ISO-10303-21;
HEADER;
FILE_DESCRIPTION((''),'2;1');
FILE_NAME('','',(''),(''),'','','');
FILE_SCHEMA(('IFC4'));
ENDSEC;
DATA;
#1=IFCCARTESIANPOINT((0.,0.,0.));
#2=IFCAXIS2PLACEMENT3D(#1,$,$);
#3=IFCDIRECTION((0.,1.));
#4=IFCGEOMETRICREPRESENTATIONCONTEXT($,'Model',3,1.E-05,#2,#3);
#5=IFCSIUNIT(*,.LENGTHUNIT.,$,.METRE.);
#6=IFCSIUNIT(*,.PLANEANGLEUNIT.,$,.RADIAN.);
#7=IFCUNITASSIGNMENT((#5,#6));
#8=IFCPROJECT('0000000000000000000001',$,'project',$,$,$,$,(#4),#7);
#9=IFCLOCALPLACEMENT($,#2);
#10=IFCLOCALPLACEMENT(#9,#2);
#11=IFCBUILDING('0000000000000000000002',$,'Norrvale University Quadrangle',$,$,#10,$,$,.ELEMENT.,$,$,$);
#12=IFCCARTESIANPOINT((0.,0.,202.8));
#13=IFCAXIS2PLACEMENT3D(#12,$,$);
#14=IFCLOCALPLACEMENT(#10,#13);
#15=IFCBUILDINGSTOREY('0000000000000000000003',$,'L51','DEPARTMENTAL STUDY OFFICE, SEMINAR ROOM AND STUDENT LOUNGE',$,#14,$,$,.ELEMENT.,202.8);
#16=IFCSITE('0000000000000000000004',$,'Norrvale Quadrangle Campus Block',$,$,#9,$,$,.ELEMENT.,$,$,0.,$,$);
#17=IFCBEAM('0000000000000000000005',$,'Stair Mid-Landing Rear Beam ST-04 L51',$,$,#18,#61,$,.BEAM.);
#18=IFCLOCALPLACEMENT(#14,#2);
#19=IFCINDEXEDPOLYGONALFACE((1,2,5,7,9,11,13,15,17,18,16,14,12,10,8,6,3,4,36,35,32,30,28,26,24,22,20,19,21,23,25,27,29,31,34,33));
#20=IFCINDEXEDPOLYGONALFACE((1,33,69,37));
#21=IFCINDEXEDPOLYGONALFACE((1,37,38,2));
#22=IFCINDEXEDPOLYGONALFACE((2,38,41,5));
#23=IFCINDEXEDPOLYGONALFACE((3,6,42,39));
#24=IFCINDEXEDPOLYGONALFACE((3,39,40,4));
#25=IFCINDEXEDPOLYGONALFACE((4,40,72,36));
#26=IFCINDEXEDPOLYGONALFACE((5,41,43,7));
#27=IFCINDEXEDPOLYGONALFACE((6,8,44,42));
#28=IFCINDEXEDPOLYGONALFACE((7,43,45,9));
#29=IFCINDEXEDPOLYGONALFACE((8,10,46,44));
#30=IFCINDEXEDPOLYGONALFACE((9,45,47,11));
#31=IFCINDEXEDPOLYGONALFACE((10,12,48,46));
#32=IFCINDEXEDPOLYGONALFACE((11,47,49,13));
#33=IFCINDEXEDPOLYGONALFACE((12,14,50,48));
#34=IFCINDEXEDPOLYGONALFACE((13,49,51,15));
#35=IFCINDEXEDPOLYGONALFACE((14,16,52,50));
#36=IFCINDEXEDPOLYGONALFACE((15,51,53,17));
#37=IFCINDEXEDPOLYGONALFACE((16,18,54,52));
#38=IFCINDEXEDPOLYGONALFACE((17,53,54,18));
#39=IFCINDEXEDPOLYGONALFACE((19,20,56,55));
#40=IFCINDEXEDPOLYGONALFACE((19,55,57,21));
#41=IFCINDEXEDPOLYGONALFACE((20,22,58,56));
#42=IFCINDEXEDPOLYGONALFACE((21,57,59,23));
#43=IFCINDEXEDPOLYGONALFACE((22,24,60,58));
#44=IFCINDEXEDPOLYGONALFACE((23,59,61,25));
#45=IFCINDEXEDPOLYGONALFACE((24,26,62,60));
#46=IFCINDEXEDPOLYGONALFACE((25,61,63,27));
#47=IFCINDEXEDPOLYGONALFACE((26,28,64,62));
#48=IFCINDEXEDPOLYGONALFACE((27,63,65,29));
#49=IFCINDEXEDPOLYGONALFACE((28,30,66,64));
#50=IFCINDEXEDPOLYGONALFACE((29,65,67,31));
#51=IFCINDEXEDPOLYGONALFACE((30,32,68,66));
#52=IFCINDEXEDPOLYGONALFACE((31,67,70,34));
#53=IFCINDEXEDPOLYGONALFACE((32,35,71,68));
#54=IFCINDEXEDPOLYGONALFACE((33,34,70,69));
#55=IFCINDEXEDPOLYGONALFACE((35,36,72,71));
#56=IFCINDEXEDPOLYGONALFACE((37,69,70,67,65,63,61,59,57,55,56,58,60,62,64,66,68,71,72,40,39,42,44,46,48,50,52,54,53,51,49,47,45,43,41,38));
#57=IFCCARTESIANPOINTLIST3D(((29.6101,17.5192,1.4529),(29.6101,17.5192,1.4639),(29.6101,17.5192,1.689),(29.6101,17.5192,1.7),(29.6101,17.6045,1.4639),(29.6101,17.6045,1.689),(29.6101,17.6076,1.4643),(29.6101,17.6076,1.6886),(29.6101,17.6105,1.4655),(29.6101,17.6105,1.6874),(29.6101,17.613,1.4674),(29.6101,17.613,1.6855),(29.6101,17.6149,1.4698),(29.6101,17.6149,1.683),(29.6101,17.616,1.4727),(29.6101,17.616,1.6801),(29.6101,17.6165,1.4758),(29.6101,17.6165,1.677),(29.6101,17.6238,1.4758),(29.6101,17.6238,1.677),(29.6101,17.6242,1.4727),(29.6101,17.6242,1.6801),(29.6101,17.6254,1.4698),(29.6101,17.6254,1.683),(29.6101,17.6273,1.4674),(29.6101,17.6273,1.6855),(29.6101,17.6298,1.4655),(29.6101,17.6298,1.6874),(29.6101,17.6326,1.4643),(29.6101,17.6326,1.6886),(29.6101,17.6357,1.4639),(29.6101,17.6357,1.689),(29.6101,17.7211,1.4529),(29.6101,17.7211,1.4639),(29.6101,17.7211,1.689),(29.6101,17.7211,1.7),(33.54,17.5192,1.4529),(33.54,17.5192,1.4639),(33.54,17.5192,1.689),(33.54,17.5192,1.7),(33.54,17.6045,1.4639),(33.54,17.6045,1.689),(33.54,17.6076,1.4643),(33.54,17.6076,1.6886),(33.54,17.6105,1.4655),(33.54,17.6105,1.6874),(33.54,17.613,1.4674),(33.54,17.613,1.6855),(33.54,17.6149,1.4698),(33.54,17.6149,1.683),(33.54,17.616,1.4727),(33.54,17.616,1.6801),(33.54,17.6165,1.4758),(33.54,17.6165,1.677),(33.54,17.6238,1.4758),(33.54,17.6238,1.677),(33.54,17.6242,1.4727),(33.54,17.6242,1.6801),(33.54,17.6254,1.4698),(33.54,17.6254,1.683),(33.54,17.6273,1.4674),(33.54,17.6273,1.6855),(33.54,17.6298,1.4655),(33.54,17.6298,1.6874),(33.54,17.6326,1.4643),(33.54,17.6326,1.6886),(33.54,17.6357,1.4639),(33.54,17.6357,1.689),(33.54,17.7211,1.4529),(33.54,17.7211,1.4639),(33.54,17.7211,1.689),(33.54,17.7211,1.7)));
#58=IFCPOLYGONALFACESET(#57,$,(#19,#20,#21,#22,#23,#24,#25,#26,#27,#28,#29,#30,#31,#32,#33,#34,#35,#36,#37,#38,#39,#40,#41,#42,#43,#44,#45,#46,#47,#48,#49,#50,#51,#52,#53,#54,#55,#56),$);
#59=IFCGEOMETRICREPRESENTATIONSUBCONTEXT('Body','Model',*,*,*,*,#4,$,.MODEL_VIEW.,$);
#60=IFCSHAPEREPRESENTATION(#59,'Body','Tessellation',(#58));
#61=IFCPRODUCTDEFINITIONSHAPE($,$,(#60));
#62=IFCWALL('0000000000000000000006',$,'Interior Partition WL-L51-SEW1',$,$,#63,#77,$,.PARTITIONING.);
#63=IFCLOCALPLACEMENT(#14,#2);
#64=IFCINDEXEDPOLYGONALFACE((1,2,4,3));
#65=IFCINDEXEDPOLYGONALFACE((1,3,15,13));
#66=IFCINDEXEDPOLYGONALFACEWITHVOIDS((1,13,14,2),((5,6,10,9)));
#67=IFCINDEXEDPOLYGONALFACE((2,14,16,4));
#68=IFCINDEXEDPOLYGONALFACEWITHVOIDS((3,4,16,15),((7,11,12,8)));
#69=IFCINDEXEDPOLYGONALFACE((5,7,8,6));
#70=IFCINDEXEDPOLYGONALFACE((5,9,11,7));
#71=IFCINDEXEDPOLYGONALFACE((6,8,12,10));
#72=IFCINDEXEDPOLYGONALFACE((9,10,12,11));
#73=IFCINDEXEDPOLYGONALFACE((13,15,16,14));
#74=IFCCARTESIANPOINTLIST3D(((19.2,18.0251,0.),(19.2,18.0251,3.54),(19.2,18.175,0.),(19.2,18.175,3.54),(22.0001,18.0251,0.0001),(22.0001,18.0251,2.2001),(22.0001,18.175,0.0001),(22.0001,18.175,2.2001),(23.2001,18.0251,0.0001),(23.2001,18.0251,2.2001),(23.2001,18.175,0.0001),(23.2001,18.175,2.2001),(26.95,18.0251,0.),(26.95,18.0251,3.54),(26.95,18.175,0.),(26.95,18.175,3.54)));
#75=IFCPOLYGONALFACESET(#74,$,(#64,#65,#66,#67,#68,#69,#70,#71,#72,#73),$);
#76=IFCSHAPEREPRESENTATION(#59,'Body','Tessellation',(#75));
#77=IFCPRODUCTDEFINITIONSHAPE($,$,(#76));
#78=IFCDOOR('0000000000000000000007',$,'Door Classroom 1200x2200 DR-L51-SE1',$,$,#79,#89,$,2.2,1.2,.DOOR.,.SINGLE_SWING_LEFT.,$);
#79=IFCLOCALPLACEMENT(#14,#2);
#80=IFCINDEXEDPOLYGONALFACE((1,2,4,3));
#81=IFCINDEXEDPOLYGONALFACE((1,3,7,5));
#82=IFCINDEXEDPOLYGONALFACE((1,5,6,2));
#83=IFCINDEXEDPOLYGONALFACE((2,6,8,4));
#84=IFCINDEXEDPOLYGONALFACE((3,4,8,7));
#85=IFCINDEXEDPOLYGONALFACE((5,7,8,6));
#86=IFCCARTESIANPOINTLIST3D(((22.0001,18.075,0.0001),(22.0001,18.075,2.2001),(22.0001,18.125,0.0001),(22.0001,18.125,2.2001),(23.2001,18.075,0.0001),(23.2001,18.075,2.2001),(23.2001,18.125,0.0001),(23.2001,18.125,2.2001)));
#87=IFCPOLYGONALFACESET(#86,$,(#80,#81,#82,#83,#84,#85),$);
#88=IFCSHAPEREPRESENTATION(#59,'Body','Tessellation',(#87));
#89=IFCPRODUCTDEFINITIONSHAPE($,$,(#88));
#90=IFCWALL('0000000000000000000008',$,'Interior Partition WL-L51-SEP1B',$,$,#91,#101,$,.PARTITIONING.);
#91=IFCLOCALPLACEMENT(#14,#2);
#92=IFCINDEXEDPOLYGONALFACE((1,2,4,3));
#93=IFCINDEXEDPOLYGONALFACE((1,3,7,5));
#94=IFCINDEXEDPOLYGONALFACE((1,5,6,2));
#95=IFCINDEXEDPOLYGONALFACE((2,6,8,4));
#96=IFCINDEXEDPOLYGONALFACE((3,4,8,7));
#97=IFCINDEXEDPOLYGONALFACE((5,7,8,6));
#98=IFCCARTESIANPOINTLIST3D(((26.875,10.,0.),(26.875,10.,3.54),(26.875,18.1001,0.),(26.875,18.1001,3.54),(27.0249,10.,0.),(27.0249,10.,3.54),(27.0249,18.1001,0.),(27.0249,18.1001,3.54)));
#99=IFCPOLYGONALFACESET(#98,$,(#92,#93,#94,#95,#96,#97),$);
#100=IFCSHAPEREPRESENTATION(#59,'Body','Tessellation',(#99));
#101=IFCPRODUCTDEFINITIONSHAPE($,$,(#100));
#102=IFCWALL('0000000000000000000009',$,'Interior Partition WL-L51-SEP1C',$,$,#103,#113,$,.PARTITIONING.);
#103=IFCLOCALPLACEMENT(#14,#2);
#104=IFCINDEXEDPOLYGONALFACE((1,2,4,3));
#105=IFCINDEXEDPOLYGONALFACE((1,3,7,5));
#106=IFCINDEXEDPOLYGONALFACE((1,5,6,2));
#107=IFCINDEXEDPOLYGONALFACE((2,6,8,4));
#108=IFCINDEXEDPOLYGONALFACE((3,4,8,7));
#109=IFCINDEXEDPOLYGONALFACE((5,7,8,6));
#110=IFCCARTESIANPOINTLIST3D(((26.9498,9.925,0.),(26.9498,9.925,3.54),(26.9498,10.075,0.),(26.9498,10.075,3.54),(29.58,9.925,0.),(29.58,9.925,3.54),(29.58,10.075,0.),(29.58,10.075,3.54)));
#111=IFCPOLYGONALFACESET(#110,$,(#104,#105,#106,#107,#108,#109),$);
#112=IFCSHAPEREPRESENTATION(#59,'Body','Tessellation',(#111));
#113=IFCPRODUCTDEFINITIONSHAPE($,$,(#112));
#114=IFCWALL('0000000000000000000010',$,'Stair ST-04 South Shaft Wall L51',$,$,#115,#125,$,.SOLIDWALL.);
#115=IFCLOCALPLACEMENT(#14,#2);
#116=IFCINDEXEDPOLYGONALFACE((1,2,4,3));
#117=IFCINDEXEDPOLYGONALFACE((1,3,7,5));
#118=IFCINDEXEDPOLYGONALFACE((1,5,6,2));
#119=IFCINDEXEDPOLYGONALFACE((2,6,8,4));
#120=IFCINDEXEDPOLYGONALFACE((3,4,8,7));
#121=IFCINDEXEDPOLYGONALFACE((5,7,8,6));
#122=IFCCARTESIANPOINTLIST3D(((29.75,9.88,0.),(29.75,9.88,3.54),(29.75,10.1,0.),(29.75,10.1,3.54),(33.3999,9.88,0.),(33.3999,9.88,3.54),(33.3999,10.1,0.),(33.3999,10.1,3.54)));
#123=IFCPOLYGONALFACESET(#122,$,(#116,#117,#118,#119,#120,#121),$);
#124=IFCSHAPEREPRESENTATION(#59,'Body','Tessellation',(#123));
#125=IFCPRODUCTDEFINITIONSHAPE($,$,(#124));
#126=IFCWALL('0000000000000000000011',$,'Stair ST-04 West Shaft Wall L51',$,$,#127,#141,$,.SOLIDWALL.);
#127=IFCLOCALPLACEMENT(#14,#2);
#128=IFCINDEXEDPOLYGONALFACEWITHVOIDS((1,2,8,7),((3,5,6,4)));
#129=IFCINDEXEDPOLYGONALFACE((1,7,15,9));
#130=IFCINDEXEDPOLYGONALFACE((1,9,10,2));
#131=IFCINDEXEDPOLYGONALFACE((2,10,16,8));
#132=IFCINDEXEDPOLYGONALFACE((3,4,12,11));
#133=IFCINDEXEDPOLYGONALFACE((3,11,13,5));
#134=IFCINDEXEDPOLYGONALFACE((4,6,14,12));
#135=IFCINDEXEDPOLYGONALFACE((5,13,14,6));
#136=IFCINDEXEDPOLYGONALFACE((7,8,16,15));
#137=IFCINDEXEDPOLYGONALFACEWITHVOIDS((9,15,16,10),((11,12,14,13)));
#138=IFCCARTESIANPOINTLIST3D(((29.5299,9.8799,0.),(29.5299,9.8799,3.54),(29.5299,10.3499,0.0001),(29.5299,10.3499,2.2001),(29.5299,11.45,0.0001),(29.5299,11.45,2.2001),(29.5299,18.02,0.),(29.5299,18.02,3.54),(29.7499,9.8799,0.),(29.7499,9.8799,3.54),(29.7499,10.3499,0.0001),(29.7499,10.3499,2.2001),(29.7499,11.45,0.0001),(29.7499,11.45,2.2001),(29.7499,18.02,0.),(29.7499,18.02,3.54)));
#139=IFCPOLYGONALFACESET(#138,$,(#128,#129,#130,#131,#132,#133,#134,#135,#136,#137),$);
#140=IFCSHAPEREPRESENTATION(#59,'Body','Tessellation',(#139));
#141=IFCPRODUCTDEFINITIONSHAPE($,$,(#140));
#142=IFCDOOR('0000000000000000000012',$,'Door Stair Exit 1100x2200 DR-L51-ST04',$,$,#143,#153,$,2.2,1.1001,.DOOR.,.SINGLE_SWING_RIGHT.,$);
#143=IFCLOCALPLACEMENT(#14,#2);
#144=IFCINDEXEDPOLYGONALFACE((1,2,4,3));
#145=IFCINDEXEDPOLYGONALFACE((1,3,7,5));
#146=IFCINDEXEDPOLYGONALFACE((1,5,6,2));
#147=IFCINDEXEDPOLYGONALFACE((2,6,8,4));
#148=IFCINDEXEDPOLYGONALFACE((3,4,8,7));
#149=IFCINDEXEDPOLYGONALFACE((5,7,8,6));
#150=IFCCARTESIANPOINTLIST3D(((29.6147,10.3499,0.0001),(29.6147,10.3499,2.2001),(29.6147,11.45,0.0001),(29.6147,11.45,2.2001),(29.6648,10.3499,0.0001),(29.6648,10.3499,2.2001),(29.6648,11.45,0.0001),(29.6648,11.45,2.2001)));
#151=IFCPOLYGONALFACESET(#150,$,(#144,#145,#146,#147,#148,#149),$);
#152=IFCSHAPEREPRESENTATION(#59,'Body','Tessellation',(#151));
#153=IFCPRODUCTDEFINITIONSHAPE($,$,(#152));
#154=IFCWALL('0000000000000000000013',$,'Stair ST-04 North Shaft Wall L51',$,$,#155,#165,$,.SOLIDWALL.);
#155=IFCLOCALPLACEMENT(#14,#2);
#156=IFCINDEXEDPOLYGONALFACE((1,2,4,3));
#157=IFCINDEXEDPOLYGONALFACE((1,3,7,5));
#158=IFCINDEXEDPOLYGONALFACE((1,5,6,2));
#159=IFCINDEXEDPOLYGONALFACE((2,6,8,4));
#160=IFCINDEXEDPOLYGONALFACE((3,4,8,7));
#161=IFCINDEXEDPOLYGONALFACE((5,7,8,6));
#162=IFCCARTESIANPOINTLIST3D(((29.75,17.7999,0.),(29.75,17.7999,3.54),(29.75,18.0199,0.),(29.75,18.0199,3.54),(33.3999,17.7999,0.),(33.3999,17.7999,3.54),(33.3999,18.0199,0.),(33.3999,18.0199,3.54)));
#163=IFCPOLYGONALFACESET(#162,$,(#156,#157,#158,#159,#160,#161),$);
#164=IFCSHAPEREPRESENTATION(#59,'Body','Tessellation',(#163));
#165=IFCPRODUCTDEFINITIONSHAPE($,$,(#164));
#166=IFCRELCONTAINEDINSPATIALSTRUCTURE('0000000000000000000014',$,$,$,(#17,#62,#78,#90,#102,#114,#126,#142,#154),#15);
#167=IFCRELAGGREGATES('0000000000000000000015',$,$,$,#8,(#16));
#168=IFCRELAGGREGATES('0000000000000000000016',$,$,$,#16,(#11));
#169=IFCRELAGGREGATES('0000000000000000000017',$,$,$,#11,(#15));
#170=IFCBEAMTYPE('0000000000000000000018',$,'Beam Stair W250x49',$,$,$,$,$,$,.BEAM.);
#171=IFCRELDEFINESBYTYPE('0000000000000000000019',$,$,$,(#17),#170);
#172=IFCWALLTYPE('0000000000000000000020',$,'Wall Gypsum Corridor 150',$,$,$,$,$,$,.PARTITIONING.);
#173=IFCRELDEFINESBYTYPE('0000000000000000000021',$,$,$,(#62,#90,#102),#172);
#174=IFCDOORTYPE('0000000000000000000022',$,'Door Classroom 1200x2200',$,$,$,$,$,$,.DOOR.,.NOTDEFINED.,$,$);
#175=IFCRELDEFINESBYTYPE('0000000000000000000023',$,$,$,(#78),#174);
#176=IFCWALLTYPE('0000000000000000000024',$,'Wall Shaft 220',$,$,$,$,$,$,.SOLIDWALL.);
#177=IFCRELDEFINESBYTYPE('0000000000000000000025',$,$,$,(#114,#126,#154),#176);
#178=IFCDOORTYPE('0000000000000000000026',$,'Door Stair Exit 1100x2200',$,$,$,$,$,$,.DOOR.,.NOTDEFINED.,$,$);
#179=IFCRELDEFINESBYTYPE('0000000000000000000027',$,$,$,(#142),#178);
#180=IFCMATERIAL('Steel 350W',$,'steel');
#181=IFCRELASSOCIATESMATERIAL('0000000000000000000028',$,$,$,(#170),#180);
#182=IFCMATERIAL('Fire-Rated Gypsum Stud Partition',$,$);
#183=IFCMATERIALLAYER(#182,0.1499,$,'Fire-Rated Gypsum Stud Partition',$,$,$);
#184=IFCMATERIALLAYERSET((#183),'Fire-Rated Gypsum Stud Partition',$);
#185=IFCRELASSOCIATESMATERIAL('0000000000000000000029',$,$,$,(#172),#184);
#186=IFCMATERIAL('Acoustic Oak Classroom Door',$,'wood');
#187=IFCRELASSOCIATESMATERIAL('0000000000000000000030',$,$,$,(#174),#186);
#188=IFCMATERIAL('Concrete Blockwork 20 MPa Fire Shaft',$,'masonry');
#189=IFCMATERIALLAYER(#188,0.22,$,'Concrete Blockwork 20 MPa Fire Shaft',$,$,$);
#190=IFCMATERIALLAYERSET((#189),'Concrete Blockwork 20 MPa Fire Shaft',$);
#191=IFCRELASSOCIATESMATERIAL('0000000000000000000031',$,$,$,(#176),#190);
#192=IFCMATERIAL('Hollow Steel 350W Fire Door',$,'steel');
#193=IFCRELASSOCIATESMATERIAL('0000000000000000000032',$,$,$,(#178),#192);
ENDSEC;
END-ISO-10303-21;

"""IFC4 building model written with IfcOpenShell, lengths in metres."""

from ifc_helpers import new_model, si_unit, direction, frame, frame_2d, origin, origin_2d, place, context, subcontext, project, spatial, rectangle, i_section, extrude, material, layer, layer_set, material_profile, profile_set, type_object, element, fill, save


model = new_model("IFC4")

# Units and contexts
model_context = context("Model", 3, precision=1e-05, world=origin(), true_north=direction((0.0, 1.0)))
body_context = subcontext(model_context, "Body", "Model", "MODEL_VIEW")
ifc_project = project(units=[si_unit("LENGTHUNIT", "METRE"), si_unit("PLANEANGLEUNIT", "RADIAN")], contexts=[model_context])

# Site, building, storey
site_placement = place(None, origin())
site = spatial("IfcSite", under=ifc_project, at=site_placement, Name="Norrvale Quadrangle Campus Block", CompositionType="ELEMENT", RefElevation=0.0)
building_placement = place(site_placement, origin())
building = spatial("IfcBuilding", under=site, at=building_placement, Name="Norrvale University Quadrangle", CompositionType="ELEMENT")
storey_placement = place(building_placement, frame((0.0, 0.0, 202.8)))
storey = spatial("IfcBuildingStorey", under=building, at=storey_placement, Name="L51", Description="DEPARTMENTAL STUDY OFFICE, SEMINAR ROOM AND STUDENT LOUNGE", CompositionType="ELEMENT", Elevation=202.8)

# Beam
ifc_material_1 = material(Name="Steel 350W", Category="steel")
ifc_material_profile_1 = material_profile(ifc_material_1, i_section(OverallWidth=0.2019, OverallDepth=0.2471, WebThickness=0.0073, FlangeThickness=0.011, FilletRadius=0.012, at=origin_2d()), Name="Steel 350W")
ifc_profile_set_1 = profile_set([ifc_material_profile_1], Name="Steel 350W")
beam_type_1 = type_object("IfcBeamType", Name="Beam Stair W250x49", PredefinedType="BEAM", material=ifc_profile_set_1)
for number, where, z_axis, x_axis, name in (
    (1, (29.6101, 17.6201, 1.5764), (1.0, 0.0, 0.0), (0.0, 1.0, 0.0), "Stair Mid-Landing Rear Beam ST-04 L51"),
):
    element("IfcBeam", number, at=place(storey_placement, frame(where, z_axis=z_axis, x_axis=x_axis)), inside=storey, type_object=beam_type_1, Name=name, PredefinedType="BEAM", context=body_context, shape_type="SweptSolid", body=[
        extrude(i_section(OverallWidth=0.2019, OverallDepth=0.2471, WebThickness=0.0073, FlangeThickness=0.011, FilletRadius=0.012, at=origin_2d()), origin(), (0.0, 0.0, 1.0), 3.9299),
    ])

# Wall, opening, door
ifc_material_2 = material(Name="Fire-Rated Gypsum Stud Partition")
ifc_layer_1 = layer(ifc_material_2, 0.1499, Name="Fire-Rated Gypsum Stud Partition")
ifc_layer_set_1 = layer_set([ifc_layer_1], Name="Fire-Rated Gypsum Stud Partition")
wall_type_1 = type_object("IfcWallType", Name="Wall Gypsum Corridor 150", PredefinedType="PARTITIONING", material=ifc_layer_set_1)
wall_1_placement = place(storey_placement, frame((19.2, 18.1001, 0.0), z_axis=(0.0, 0.0, 1.0), x_axis=(1.0, 0.0, 0.0)))
wall_1 = element("IfcWall", 2, at=wall_1_placement, inside=storey, type_object=wall_type_1, Name="Interior Partition WL-L51-SEW1", PredefinedType="PARTITIONING", context=body_context, shape_type="SweptSolid", body=[
    extrude(rectangle(XDim=7.75, YDim=0.1499, at=frame_2d((3.875, 0.0))), origin(), (0.0, 0.0, 1.0), 3.54),
])
opening_1_placement = place(wall_1_placement, frame((2.8, 0.0, 0.0)))
opening_1 = element("IfcOpeningElement", 3, at=opening_1_placement, cuts=wall_1, PredefinedType="OPENING", context=body_context, shape_type="SweptSolid", body=[
    extrude(rectangle(XDim=1.2, YDim=2.2, at=frame_2d((0.6001, 1.1001))), frame((0.0, 0.0869, 0.0), z_axis=(0.0, -1.0, 0.0), x_axis=(1.0, 0.0, 0.0)), (0.0, 0.0, 1.0), 0.1738),
])
ifc_material_3 = material(Name="Acoustic Oak Classroom Door", Category="wood")
door_type_1 = type_object("IfcDoorType", Name="Door Classroom 1200x2200", OperationType="NOTDEFINED", PredefinedType="DOOR", material=ifc_material_3)
door_1_placement = place(opening_1_placement, origin())
door_1 = element("IfcDoor", 4, at=door_1_placement, inside=storey, type_object=door_type_1, Name="Door Classroom 1200x2200 DR-L51-SE1", OperationType="SINGLE_SWING_LEFT", OverallHeight=2.2, OverallWidth=1.2, PredefinedType="DOOR", context=body_context, shape_type="SweptSolid", body=[
    extrude(rectangle(XDim=1.2, YDim=2.2, at=frame_2d((0.6001, 1.1001))), frame((0.0, 0.0249, 0.0), z_axis=(0.0, -1.0, 0.0), x_axis=(1.0, 0.0, 0.0)), (0.0, 0.0, 1.0), 0.05),
])
fill(opening_1, door_1)

# Walls
wall_2_placement = place(storey_placement, frame((26.95, 10.0, 0.0), z_axis=(0.0, 0.0, 1.0), x_axis=(0.0, 1.0, 0.0)))
element("IfcWall", 5, at=wall_2_placement, inside=storey, type_object=wall_type_1, Name="Interior Partition WL-L51-SEP1B", PredefinedType="PARTITIONING", context=body_context, shape_type="SweptSolid", body=[
    extrude(rectangle(XDim=8.1001, YDim=0.1499, at=frame_2d((4.05, 0.0))), origin(), (0.0, 0.0, 1.0), 3.54),
])
wall_3_placement = place(storey_placement, frame((26.95, 10.0, 0.0), z_axis=(0.0, 0.0, 1.0), x_axis=(1.0, 0.0, 0.0)))
element("IfcWall", 6, at=wall_3_placement, inside=storey, type_object=wall_type_1, Name="Interior Partition WL-L51-SEP1C", PredefinedType="PARTITIONING", context=body_context, shape_type="SweptSolid", body=[
    extrude(rectangle(XDim=2.6301, YDim=0.1499, at=frame_2d((1.3149, 0.0))), origin(), (0.0, 0.0, 1.0), 3.54),
])
ifc_material_4 = material(Name="Concrete Blockwork 20 MPa Fire Shaft", Category="masonry")
ifc_layer_2 = layer(ifc_material_4, 0.22, Name="Concrete Blockwork 20 MPa Fire Shaft")
ifc_layer_set_2 = layer_set([ifc_layer_2], Name="Concrete Blockwork 20 MPa Fire Shaft")
wall_type_2 = type_object("IfcWallType", Name="Wall Shaft 220", PredefinedType="SOLIDWALL", material=ifc_layer_set_2)
wall_4_placement = place(storey_placement, frame((29.75, 9.99, 0.0), z_axis=(0.0, 0.0, 1.0), x_axis=(1.0, 0.0, 0.0)))
element("IfcWall", 7, at=wall_4_placement, inside=storey, type_object=wall_type_2, Name="Stair ST-04 South Shaft Wall L51", PredefinedType="SOLIDWALL", context=body_context, shape_type="SweptSolid", body=[
    extrude(rectangle(XDim=3.6499, YDim=0.22, at=frame_2d((1.825, 0.0))), origin(), (0.0, 0.0, 1.0), 3.54),
])

# Wall, opening, door
wall_5_placement = place(storey_placement, frame((29.6399, 9.8799, 0.0), z_axis=(0.0, 0.0, 1.0), x_axis=(0.0, 1.0, 0.0)))
wall_5 = element("IfcWall", 8, at=wall_5_placement, inside=storey, type_object=wall_type_2, Name="Stair ST-04 West Shaft Wall L51", PredefinedType="SOLIDWALL", context=body_context, shape_type="SweptSolid", body=[
    extrude(rectangle(XDim=8.1401, YDim=0.22, at=frame_2d((4.0701, 0.0))), origin(), (0.0, 0.0, 1.0), 3.54),
])
opening_2_placement = place(wall_5_placement, frame((0.47, 0.0, 0.0)))
opening_2 = element("IfcOpeningElement", 9, at=opening_2_placement, cuts=wall_5, PredefinedType="OPENING", context=body_context, shape_type="SweptSolid", body=[
    extrude(rectangle(XDim=1.1001, YDim=2.2, at=frame_2d((0.55, 1.1001))), frame((0.0, 0.1221, 0.0), z_axis=(0.0, -1.0, 0.0), x_axis=(1.0, 0.0, 0.0)), (0.0, 0.0, 1.0), 0.2439),
])
ifc_material_5 = material(Name="Hollow Steel 350W Fire Door", Category="steel")
door_type_2 = type_object("IfcDoorType", Name="Door Stair Exit 1100x2200", OperationType="NOTDEFINED", PredefinedType="DOOR", material=ifc_material_5)
door_2_placement = place(opening_2_placement, frame((1.1001, 0.0, 0.0), z_axis=(0.0, 0.0, 1.0), x_axis=(-1.0, 0.0, 0.0)))
door_2 = element("IfcDoor", 10, at=door_2_placement, inside=storey, type_object=door_type_2, Name="Door Stair Exit 1100x2200 DR-L51-ST04", OperationType="SINGLE_SWING_RIGHT", OverallHeight=2.2, OverallWidth=1.1001, PredefinedType="DOOR", context=body_context, shape_type="SweptSolid", body=[
    extrude(rectangle(XDim=1.1001, YDim=2.2, at=frame_2d((0.55, 1.1001))), frame((0.0, 0.0249, 0.0), z_axis=(0.0, -1.0, 0.0), x_axis=(1.0, 0.0, 0.0)), (0.0, 0.0, 1.0), 0.05),
])
fill(opening_2, door_2)

# Wall
wall_6_placement = place(storey_placement, frame((29.75, 17.9099, 0.0), z_axis=(0.0, 0.0, 1.0), x_axis=(1.0, 0.0, 0.0)))
element("IfcWall", 11, at=wall_6_placement, inside=storey, type_object=wall_type_2, Name="Stair ST-04 North Shaft Wall L51", PredefinedType="SOLIDWALL", context=body_context, shape_type="SweptSolid", body=[
    extrude(rectangle(XDim=3.6499, YDim=0.22, at=frame_2d((1.825, 0.0))), origin(), (0.0, 0.0, 1.0), 3.54),
])

save(model, "model.ifc")
